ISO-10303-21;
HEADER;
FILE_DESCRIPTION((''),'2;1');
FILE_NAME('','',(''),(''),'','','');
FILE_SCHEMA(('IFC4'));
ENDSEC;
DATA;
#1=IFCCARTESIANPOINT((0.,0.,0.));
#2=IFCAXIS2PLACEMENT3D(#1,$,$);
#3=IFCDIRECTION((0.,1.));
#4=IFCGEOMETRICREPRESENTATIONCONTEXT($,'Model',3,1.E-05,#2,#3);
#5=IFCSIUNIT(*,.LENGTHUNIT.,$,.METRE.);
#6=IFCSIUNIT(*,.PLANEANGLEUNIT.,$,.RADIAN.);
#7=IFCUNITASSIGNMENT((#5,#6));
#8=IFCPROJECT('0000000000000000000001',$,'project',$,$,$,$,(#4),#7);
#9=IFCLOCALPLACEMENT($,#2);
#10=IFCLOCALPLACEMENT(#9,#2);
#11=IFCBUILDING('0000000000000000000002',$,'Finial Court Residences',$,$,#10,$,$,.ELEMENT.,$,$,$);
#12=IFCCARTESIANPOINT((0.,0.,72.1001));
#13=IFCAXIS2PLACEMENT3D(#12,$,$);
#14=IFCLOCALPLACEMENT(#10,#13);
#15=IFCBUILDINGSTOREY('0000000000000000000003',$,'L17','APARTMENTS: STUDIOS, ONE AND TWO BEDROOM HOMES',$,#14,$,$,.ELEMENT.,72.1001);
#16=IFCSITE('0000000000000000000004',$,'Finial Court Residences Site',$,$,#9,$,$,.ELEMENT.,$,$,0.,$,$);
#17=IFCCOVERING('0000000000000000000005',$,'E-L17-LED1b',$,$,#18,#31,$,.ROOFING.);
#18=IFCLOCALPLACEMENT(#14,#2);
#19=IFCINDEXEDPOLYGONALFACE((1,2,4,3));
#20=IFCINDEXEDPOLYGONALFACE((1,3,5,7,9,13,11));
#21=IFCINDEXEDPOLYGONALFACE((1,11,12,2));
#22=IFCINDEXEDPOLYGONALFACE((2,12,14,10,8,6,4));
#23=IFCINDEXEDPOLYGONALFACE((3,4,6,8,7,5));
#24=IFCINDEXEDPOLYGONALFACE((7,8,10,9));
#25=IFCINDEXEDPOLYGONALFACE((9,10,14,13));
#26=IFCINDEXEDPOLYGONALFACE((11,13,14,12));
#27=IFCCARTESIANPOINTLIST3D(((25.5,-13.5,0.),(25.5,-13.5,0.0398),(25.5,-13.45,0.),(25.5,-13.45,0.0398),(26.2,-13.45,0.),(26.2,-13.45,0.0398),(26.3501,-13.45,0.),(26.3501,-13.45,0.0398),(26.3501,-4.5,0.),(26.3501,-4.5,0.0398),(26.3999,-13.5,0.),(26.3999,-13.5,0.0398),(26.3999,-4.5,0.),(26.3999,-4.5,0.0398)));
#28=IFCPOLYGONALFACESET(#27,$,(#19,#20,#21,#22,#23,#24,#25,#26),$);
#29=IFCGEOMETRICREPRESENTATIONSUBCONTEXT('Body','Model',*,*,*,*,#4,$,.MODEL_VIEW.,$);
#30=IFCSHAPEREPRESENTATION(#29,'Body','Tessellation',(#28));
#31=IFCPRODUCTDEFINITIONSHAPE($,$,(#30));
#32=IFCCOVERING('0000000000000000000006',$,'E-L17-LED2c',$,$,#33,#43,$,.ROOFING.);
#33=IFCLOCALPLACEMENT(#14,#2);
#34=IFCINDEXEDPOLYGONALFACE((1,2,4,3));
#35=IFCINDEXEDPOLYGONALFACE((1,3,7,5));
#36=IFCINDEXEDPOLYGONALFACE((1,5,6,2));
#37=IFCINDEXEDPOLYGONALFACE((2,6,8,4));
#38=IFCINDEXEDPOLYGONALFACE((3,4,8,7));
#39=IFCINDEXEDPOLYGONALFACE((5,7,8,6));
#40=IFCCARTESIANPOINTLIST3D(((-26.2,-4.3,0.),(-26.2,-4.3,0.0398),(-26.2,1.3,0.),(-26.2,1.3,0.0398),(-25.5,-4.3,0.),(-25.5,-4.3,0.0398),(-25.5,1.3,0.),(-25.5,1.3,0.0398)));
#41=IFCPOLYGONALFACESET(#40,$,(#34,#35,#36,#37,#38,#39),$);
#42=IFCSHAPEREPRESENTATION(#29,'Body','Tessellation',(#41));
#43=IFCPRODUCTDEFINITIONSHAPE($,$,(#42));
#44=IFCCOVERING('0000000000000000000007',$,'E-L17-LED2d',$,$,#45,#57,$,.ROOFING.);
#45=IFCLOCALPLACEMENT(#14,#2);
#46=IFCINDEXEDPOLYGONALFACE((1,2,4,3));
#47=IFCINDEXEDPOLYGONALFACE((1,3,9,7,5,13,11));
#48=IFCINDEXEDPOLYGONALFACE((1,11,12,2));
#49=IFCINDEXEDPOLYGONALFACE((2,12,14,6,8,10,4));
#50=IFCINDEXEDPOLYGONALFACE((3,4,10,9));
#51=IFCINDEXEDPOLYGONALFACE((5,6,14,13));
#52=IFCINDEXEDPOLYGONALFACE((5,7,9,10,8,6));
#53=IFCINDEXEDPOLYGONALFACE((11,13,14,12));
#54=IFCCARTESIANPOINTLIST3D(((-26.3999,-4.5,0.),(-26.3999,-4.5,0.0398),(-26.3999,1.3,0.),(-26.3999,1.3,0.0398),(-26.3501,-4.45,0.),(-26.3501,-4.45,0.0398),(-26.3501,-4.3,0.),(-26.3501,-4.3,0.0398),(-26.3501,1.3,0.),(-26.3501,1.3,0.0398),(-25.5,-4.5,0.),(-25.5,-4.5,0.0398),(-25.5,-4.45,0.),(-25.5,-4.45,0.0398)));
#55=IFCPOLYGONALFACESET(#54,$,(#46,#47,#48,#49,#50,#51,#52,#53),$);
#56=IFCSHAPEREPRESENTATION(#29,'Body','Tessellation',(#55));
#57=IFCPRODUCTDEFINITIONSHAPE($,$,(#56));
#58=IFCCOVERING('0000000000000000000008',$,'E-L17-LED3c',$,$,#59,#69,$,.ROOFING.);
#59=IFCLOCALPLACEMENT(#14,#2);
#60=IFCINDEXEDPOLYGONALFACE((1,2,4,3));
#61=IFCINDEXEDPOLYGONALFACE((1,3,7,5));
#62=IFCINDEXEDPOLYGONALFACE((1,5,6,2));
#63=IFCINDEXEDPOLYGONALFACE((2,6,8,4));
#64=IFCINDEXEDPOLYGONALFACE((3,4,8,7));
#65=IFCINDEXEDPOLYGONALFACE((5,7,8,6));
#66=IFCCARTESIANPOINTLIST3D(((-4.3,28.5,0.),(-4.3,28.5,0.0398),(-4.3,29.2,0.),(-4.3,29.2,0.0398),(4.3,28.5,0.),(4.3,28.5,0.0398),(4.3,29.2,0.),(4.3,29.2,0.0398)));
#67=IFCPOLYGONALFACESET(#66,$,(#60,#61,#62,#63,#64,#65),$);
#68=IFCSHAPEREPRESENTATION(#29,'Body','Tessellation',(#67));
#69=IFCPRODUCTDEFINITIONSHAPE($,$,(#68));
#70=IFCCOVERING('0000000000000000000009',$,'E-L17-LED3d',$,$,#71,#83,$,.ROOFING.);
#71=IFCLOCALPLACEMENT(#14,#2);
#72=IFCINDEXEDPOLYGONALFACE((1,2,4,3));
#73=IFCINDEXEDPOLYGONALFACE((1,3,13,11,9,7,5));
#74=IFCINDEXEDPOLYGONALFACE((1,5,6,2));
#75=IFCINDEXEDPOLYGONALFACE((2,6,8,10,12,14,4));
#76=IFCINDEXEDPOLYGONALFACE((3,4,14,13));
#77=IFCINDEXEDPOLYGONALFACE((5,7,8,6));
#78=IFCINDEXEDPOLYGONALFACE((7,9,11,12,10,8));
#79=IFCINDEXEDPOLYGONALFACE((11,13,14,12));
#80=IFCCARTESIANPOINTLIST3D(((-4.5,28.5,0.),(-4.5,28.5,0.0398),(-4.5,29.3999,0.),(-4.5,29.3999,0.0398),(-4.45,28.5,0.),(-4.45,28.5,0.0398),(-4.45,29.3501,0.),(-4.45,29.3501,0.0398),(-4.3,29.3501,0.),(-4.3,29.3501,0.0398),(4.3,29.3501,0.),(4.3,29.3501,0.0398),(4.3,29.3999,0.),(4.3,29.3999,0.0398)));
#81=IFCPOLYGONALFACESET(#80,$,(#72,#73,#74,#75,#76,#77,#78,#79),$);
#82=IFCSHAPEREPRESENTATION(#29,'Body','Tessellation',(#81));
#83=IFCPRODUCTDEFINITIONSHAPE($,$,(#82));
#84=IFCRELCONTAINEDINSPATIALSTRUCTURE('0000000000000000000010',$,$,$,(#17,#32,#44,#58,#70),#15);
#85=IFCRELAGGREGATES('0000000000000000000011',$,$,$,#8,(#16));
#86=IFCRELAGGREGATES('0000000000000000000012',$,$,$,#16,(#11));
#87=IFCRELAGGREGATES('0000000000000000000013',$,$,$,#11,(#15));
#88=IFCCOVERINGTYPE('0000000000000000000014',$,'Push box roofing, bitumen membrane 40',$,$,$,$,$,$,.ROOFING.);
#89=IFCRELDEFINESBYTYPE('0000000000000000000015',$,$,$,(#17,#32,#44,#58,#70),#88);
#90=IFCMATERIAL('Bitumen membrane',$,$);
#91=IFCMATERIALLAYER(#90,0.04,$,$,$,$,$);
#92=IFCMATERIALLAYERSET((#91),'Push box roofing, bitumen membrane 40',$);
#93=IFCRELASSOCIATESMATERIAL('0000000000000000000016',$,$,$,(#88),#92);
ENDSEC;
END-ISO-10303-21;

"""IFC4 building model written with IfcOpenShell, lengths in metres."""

from ifc_helpers import new_model, si_unit, direction, frame, origin, place, context, subcontext, project, spatial, polyline, outline, extrude, material, layer, layer_set, type_object, element, save


model = new_model("IFC4")

# Units and contexts
model_context = context("Model", 3, precision=1e-05, world=origin(), true_north=direction((0.0, 1.0)))
body_context = subcontext(model_context, "Body", "Model", "MODEL_VIEW")
ifc_project = project(units=[si_unit("LENGTHUNIT", "METRE"), si_unit("PLANEANGLEUNIT", "RADIAN")], contexts=[model_context])

# Site, building, storey
site_placement = place(None, origin())
site = spatial("IfcSite", under=ifc_project, at=site_placement, Name="Finial Court Residences Site", CompositionType="ELEMENT", RefElevation=0.0)
building_placement = place(site_placement, origin())
building = spatial("IfcBuilding", under=site, at=building_placement, Name="Finial Court Residences", CompositionType="ELEMENT")
storey_placement = place(building_placement, frame((0.0, 0.0, 72.1001)))
storey = spatial("IfcBuildingStorey", under=building, at=storey_placement, Name="L17", Description="APARTMENTS: STUDIOS, ONE AND TWO BEDROOM HOMES", CompositionType="ELEMENT", Elevation=72.1001)

# Coverings
ifc_material_1 = material(Name="Bitumen membrane")
ifc_layer_1 = layer(ifc_material_1, 0.04)
ifc_layer_set_1 = layer_set([ifc_layer_1], Name="Push box roofing, bitumen membrane 40")
covering_type_1 = type_object("IfcCoveringType", Name="Push box roofing, bitumen membrane 40", PredefinedType="ROOFING", material=ifc_layer_set_1)
covering_1_placement = place(storey_placement, origin())
element("IfcCovering", 1, at=covering_1_placement, inside=storey, type_object=covering_type_1, Name="E-L17-LED1b", PredefinedType="ROOFING", context=body_context, shape_type="SweptSolid", body=[
    extrude(outline(polyline([(26.3999, -4.5), (26.3999, -13.5), (25.5, -13.5), (25.5, -13.45), (26.2, -13.45), (26.3501, -13.45), (26.3501, -4.5), (26.3999, -4.5)])), origin(), (0.0, 0.0, 1.0), 0.0398),
])
covering_2_placement = place(storey_placement, origin())
element("IfcCovering", 2, at=covering_2_placement, inside=storey, type_object=covering_type_1, Name="E-L17-LED2c", PredefinedType="ROOFING", context=body_context, shape_type="SweptSolid", body=[
    extrude(outline(polyline([(-25.5, -4.3), (-26.2, -4.3), (-26.2, 1.3), (-25.5, 1.3), (-25.5, -4.3)])), origin(), (0.0, 0.0, 1.0), 0.0398),
])
covering_3_placement = place(storey_placement, origin())
element("IfcCovering", 3, at=covering_3_placement, inside=storey, type_object=covering_type_1, Name="E-L17-LED2d", PredefinedType="ROOFING", context=body_context, shape_type="SweptSolid", body=[
    extrude(outline(polyline([(-25.5, -4.5), (-26.3999, -4.5), (-26.3999, 1.3), (-26.3501, 1.3), (-26.3501, -4.3), (-26.3501, -4.3), (-26.3501, -4.45), (-25.5, -4.45), (-25.5, -4.5)])), origin(), (0.0, 0.0, 1.0), 0.0398),
])
covering_4_placement = place(storey_placement, origin())
element("IfcCovering", 4, at=covering_4_placement, inside=storey, type_object=covering_type_1, Name="E-L17-LED3c", PredefinedType="ROOFING", context=body_context, shape_type="SweptSolid", body=[
    extrude(outline(polyline([(-4.3, 28.5), (-4.3, 29.2), (4.3, 29.2), (4.3, 28.5), (-4.3, 28.5)])), origin(), (0.0, 0.0, 1.0), 0.0398),
])
covering_5_placement = place(storey_placement, origin())
element("IfcCovering", 5, at=covering_5_placement, inside=storey, type_object=covering_type_1, Name="E-L17-LED3d", PredefinedType="ROOFING", context=body_context, shape_type="SweptSolid", body=[
    extrude(outline(polyline([(-4.5, 28.5), (-4.5, 29.3999), (4.3, 29.3999), (4.3, 29.3501), (-4.3, 29.3501), (-4.3, 29.3501), (-4.45, 29.3501), (-4.45, 28.5), (-4.5, 28.5)])), origin(), (0.0, 0.0, 1.0), 0.0398),
])

save(model, "model.ifc")
